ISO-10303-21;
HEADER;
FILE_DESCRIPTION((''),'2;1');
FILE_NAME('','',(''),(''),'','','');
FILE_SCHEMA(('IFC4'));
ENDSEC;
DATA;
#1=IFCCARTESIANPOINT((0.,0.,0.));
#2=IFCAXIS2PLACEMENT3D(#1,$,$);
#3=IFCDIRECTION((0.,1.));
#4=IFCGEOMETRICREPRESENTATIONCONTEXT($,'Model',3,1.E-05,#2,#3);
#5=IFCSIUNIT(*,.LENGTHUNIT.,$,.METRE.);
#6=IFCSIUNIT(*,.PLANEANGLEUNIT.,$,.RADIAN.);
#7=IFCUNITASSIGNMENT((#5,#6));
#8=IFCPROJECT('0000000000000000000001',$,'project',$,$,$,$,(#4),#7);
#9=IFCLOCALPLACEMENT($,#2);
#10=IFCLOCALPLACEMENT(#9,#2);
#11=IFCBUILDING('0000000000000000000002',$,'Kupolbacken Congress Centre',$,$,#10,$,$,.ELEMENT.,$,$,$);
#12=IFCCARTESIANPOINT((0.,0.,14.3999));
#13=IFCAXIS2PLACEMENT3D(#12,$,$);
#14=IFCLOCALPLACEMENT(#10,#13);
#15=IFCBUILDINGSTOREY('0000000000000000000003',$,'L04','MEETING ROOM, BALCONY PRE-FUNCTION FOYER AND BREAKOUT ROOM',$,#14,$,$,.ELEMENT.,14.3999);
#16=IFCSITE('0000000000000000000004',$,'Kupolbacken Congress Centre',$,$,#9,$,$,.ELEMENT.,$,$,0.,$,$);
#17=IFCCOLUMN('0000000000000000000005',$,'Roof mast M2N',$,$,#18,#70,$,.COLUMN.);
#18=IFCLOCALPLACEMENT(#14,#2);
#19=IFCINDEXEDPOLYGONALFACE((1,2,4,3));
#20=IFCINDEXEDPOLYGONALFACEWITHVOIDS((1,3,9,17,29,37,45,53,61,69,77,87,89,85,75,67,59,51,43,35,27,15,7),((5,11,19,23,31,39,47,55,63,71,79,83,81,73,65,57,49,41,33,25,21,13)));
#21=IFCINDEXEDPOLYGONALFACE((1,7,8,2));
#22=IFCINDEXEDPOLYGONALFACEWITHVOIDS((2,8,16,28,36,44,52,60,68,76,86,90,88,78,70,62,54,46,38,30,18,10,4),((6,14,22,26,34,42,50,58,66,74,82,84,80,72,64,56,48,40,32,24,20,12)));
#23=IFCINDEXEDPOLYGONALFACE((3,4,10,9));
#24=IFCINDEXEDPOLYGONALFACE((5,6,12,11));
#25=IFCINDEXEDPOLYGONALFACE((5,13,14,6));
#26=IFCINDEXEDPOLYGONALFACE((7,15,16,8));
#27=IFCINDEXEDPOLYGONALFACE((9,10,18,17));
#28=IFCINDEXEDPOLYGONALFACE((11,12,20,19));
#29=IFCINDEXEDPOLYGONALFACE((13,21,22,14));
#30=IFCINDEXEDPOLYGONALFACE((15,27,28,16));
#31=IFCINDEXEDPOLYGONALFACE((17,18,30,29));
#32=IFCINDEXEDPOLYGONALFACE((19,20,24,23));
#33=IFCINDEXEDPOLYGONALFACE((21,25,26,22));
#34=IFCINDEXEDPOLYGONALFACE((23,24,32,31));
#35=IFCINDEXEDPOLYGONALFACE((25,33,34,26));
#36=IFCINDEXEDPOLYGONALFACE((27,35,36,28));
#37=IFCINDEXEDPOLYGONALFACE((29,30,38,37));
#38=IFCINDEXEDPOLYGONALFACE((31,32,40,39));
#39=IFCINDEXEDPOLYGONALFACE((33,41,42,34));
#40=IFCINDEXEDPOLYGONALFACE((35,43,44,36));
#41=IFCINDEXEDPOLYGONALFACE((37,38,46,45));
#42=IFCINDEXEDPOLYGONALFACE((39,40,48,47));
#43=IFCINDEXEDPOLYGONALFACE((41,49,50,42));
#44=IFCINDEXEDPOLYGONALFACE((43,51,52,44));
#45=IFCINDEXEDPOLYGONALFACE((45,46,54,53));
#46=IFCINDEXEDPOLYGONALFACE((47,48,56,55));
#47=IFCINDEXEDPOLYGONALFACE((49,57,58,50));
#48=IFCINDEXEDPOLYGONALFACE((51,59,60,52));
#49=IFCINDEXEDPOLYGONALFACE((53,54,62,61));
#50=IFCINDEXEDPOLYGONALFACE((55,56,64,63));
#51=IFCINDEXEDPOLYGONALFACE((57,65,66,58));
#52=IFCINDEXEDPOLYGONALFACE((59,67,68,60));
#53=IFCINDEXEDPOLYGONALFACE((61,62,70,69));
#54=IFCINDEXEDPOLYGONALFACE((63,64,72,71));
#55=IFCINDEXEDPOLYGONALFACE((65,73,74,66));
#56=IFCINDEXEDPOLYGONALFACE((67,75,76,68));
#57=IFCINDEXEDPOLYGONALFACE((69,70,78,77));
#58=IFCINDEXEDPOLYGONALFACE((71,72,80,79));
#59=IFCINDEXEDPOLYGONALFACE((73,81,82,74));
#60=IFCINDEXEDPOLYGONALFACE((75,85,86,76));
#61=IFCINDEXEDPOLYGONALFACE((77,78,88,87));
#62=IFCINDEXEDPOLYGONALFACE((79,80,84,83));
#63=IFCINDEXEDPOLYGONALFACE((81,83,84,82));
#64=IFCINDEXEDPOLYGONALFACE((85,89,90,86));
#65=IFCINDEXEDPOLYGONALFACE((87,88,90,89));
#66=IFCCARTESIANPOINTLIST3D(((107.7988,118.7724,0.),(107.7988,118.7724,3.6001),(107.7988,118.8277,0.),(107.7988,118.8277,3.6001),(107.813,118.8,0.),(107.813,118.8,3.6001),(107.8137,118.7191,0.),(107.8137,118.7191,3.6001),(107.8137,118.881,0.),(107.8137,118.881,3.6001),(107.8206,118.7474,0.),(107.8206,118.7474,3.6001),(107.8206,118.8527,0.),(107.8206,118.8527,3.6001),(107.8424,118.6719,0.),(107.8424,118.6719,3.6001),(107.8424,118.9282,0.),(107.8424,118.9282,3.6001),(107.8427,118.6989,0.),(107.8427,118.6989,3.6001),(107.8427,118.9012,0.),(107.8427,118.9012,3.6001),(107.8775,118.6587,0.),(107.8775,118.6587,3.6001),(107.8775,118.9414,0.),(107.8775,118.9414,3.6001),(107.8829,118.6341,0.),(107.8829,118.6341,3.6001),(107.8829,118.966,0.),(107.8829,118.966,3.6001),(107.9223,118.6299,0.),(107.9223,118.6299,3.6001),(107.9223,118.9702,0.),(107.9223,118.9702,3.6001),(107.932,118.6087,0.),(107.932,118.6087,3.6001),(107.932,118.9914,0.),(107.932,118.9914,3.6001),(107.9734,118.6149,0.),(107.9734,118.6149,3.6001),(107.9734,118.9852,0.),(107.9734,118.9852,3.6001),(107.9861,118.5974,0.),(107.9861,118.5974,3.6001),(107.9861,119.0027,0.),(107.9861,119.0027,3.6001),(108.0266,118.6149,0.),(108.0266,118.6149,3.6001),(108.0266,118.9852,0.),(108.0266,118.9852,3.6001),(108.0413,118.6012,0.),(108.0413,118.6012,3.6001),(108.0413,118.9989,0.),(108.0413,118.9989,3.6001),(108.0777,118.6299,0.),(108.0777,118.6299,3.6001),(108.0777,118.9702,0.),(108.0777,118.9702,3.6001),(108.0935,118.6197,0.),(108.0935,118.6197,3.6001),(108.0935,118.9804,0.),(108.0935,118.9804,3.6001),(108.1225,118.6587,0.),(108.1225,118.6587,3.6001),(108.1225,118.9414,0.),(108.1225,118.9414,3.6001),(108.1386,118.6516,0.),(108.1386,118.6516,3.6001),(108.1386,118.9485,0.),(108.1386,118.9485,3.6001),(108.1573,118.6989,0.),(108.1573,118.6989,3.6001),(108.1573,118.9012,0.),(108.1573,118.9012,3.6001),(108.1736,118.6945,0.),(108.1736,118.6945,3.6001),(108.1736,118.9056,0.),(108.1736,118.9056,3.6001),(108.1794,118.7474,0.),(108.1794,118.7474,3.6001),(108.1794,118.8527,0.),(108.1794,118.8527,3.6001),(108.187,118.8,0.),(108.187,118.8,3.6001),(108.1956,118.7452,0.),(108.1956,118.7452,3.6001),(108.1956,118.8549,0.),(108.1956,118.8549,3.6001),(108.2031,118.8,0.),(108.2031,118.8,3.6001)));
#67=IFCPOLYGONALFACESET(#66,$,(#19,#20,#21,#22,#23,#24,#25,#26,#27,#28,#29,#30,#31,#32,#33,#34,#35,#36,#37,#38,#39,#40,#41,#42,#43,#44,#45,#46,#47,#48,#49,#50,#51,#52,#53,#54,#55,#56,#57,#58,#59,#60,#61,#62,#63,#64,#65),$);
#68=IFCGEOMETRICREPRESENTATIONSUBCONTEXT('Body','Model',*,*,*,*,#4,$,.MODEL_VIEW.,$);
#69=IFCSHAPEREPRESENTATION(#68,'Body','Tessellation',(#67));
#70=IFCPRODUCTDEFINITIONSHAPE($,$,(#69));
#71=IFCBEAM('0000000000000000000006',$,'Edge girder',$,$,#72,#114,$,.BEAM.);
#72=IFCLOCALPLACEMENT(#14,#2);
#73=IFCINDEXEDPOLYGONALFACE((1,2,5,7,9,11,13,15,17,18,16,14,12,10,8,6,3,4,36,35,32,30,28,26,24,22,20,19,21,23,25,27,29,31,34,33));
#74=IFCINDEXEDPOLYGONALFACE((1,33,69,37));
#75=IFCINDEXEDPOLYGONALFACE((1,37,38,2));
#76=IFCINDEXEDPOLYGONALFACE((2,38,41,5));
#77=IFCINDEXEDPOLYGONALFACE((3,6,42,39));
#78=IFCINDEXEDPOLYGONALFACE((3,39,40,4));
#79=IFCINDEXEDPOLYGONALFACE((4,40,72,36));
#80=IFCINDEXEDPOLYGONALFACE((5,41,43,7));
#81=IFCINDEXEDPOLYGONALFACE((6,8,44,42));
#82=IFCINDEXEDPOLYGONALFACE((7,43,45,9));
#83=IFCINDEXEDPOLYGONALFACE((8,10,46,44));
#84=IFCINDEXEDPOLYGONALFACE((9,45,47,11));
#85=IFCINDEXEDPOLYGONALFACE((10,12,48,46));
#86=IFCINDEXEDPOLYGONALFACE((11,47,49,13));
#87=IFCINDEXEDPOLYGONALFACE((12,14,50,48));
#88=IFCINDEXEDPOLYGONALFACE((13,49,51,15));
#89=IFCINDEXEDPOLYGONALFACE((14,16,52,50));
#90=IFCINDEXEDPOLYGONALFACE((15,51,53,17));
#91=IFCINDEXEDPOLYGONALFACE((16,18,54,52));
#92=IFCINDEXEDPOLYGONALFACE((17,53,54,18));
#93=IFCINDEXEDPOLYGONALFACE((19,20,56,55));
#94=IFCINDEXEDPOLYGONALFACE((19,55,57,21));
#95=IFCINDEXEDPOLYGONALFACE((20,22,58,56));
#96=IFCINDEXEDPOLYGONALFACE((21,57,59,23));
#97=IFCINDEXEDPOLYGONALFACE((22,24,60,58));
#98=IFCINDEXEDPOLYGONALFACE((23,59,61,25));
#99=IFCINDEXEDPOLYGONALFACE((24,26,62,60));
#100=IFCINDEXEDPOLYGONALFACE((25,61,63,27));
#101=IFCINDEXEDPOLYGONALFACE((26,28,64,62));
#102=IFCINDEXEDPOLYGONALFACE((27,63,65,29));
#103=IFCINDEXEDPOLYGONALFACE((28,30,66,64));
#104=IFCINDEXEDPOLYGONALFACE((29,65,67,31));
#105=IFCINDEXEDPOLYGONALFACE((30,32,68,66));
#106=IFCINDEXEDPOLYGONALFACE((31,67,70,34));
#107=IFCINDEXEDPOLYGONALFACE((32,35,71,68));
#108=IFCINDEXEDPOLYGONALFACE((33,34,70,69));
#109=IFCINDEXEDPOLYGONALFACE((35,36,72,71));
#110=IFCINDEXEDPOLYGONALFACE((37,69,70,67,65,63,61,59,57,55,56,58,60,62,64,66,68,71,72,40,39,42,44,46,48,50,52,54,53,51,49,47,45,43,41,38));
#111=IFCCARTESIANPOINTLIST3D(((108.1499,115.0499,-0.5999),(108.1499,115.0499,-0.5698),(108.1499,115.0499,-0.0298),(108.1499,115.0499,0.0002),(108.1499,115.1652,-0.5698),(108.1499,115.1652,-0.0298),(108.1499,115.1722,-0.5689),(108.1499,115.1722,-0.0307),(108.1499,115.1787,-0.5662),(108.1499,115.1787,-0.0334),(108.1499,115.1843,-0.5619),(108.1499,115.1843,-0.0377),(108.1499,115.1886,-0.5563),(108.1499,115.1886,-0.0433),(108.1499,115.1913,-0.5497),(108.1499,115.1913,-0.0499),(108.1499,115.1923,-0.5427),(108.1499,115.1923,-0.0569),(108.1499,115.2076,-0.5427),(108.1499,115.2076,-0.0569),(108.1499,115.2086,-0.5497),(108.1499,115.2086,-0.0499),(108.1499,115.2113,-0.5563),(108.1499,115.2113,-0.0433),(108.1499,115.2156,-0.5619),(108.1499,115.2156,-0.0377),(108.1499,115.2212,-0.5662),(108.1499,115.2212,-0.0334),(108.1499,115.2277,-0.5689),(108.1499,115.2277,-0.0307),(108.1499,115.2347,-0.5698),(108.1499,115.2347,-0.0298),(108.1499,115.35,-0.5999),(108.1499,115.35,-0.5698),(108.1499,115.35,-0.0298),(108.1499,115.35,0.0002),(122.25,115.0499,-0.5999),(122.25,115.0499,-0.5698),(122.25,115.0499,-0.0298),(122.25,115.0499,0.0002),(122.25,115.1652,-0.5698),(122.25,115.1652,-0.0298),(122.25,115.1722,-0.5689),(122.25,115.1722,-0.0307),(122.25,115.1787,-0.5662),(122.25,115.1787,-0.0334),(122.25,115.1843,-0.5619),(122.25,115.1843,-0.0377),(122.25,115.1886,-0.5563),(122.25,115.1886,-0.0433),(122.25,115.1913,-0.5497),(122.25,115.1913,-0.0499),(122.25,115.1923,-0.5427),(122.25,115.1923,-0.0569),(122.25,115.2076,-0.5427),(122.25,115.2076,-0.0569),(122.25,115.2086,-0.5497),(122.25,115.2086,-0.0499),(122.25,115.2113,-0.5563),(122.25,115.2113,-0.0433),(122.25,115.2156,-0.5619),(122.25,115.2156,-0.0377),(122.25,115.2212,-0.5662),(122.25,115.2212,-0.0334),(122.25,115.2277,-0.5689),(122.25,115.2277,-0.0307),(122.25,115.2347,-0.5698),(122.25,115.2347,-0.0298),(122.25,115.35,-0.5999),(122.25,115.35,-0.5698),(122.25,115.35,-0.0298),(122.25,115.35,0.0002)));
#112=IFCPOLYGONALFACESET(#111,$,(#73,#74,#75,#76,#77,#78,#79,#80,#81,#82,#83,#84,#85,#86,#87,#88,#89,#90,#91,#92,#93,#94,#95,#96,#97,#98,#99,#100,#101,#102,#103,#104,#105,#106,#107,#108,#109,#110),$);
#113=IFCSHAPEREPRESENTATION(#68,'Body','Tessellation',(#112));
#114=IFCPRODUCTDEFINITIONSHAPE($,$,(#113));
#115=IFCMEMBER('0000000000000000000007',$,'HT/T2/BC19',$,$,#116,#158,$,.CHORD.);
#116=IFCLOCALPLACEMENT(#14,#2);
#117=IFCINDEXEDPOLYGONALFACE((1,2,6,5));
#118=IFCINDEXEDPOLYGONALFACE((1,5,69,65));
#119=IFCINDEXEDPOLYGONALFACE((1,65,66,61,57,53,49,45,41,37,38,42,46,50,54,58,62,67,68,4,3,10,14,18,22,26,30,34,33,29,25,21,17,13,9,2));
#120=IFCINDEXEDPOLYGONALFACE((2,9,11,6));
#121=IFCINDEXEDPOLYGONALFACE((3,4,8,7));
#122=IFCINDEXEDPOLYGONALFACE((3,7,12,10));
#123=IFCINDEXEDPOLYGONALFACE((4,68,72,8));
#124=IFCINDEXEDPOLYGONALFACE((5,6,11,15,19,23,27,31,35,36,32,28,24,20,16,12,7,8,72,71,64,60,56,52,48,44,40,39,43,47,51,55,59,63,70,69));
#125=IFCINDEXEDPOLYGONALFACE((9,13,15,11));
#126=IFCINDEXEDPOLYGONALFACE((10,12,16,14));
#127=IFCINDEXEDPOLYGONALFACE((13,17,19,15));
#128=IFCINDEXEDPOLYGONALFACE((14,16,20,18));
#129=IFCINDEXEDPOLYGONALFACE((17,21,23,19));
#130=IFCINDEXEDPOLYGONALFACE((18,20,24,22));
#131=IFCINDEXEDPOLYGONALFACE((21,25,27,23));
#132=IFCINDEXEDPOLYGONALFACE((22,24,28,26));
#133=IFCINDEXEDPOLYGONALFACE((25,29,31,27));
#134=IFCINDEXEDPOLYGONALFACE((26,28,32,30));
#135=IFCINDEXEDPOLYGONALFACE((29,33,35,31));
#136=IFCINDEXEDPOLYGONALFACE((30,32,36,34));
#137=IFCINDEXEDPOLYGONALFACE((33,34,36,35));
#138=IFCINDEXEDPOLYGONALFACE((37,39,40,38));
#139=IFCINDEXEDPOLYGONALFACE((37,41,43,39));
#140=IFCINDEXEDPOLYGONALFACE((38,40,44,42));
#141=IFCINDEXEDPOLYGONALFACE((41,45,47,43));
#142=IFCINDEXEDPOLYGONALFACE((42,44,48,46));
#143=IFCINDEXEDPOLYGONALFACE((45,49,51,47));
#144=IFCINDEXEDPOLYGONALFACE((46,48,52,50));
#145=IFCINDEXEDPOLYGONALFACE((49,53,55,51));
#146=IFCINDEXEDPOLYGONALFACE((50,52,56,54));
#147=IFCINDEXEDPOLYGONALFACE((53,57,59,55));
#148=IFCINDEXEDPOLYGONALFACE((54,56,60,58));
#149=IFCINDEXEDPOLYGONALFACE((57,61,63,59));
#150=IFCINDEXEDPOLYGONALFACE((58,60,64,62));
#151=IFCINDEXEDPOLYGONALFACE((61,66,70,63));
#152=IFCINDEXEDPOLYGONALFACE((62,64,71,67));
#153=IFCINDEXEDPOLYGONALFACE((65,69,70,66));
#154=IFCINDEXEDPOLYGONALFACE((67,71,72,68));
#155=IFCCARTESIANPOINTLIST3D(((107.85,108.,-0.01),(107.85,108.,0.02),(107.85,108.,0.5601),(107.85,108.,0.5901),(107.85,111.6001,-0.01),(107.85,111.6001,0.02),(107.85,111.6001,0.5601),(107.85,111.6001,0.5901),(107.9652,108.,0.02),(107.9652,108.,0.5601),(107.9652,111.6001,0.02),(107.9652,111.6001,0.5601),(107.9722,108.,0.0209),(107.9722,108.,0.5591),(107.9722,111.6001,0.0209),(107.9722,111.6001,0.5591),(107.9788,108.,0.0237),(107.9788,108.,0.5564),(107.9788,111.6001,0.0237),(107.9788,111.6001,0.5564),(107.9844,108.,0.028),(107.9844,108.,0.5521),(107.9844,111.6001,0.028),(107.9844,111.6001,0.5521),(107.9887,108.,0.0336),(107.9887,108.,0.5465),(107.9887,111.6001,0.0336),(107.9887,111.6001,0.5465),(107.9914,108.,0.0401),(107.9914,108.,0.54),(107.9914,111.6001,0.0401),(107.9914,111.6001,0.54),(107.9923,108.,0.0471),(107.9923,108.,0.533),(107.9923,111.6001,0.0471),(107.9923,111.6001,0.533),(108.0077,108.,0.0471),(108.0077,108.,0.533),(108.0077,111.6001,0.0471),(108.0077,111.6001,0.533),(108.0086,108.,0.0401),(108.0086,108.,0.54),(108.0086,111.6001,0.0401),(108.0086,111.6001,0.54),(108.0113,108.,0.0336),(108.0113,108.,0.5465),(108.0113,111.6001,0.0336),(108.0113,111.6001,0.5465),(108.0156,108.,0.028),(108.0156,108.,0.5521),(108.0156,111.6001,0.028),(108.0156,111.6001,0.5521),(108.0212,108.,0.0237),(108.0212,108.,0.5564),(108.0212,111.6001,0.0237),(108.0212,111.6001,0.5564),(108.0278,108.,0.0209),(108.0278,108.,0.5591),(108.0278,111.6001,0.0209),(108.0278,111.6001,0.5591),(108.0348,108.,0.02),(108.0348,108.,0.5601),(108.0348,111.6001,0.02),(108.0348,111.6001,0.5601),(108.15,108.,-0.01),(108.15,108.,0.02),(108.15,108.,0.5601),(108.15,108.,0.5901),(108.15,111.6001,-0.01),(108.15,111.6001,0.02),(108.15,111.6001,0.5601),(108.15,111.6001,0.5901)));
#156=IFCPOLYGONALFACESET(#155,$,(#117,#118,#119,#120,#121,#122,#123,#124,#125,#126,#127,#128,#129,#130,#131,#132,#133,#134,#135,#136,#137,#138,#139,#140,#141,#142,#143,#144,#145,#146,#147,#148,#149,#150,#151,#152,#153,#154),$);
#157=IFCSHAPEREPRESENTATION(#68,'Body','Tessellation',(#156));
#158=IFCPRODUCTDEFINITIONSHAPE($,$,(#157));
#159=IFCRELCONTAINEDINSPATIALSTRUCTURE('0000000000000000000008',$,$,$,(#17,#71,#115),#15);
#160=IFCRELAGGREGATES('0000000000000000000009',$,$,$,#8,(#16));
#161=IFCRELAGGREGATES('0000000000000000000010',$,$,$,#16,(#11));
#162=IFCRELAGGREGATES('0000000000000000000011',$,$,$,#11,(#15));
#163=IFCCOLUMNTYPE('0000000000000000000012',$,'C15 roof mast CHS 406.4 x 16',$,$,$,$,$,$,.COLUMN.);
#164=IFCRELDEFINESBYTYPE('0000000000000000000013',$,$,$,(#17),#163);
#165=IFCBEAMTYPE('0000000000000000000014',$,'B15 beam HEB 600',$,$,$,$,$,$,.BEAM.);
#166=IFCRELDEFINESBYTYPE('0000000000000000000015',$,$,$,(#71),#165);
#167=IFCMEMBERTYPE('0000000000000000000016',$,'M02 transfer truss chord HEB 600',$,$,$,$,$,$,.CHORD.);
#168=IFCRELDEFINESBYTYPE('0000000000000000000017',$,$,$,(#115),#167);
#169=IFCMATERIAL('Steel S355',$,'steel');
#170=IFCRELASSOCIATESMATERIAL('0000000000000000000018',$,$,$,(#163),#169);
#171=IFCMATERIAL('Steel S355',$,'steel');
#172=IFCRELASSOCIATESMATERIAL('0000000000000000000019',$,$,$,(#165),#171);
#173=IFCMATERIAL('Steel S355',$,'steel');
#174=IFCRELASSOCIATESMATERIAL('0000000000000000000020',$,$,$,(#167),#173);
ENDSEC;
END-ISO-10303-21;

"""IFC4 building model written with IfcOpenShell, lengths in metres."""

from ifc_helpers import new_model, si_unit, direction, frame, origin, origin_2d, place, context, subcontext, project, spatial, hollow_circle, i_section, extrude, material, material_profile, profile_set, type_object, element, save


model = new_model("IFC4")

# Units and contexts
model_context = context("Model", 3, precision=1e-05, world=origin(), true_north=direction((0.0, 1.0)))
body_context = subcontext(model_context, "Body", "Model", "MODEL_VIEW")
ifc_project = project(units=[si_unit("LENGTHUNIT", "METRE"), si_unit("PLANEANGLEUNIT", "RADIAN")], contexts=[model_context])

# Site, building, storey
site_placement = place(None, origin())
site = spatial("IfcSite", under=ifc_project, at=site_placement, Name="Kupolbacken Congress Centre", CompositionType="ELEMENT", RefElevation=0.0)
building_placement = place(site_placement, origin())
building = spatial("IfcBuilding", under=site, at=building_placement, Name="Kupolbacken Congress Centre", CompositionType="ELEMENT")
storey_placement = place(building_placement, frame((0.0, 0.0, 14.3999)))
storey = spatial("IfcBuildingStorey", under=building, at=storey_placement, Name="L04", Description="MEETING ROOM, BALCONY PRE-FUNCTION FOYER AND BREAKOUT ROOM", CompositionType="ELEMENT", Elevation=14.3999)

# Column
ifc_material_1 = material(Name="Steel S355", Category="steel")
ifc_material_profile_1 = material_profile(ifc_material_1, hollow_circle(Radius=0.2031, WallThickness=0.0161, at=origin_2d()), Name="CHS 406.4 x 16")
ifc_profile_set_1 = profile_set([ifc_material_profile_1], Name="Steel S355")
column_type = type_object("IfcColumnType", Name="C15 roof mast CHS 406.4 x 16", PredefinedType="COLUMN", material=ifc_profile_set_1)
column_placement = place(storey_placement, frame((108.0, 118.8, 0.0), z_axis=(0.0, 0.0, 1.0), x_axis=(1.0, 0.0, 0.0)))
element("IfcColumn", 1, at=column_placement, inside=storey, type_object=column_type, Name="Roof mast M2N", PredefinedType="COLUMN", context=body_context, shape_type="SweptSolid", body=[
    extrude(hollow_circle(Radius=0.2031, WallThickness=0.0161, at=origin_2d()), origin(), (0.0, 0.0, 1.0), 3.6001),
])

# Beam
ifc_material_2 = material(Name="Steel S355", Category="steel")
ifc_material_profile_2 = material_profile(ifc_material_2, i_section(OverallWidth=0.3, OverallDepth=0.6001, WebThickness=0.0154, FlangeThickness=0.03, FilletRadius=0.0271, at=origin_2d()), Name="HEB 600")
ifc_profile_set_2 = profile_set([ifc_material_profile_2], Name="Steel S355")
beam_type = type_object("IfcBeamType", Name="B15 beam HEB 600", PredefinedType="BEAM", material=ifc_profile_set_2)
beam_placement = place(storey_placement, frame((108.1499, 115.2, -0.2998), z_axis=(1.0, 0.0, 0.0), x_axis=(0.0, 1.0, 0.0)))
element("IfcBeam", 2, at=beam_placement, inside=storey, type_object=beam_type, Name="Edge girder", PredefinedType="BEAM", context=body_context, shape_type="SweptSolid", body=[
    extrude(i_section(OverallWidth=0.3, OverallDepth=0.6001, WebThickness=0.0154, FlangeThickness=0.03, FilletRadius=0.0271, at=origin_2d()), origin(), (0.0, 0.0, 1.0), 14.1001),
])

# Member
ifc_material_3 = material(Name="Steel S355", Category="steel")
ifc_material_profile_3 = material_profile(ifc_material_3, i_section(OverallWidth=0.3, OverallDepth=0.6001, WebThickness=0.0154, FlangeThickness=0.03, FilletRadius=0.0271, at=origin_2d()), Name="HEB 600")
ifc_profile_set_3 = profile_set([ifc_material_profile_3], Name="Steel S355")
member_type_1 = type_object("IfcMemberType", Name="M02 transfer truss chord HEB 600", PredefinedType="CHORD", material=ifc_profile_set_3)
member_1_placement = place(storey_placement, frame((108.0, 108.0, 0.29), z_axis=(0.0, 1.0, 0.0), x_axis=(-1.0, 0.0, 0.0)))
element("IfcMember", 3, at=member_1_placement, inside=storey, type_object=member_type_1, Name="HT/T2/BC19", PredefinedType="CHORD", context=body_context, shape_type="SweptSolid", body=[
    extrude(i_section(OverallWidth=0.3, OverallDepth=0.6001, WebThickness=0.0154, FlangeThickness=0.03, FilletRadius=0.0271, at=origin_2d()), origin(), (0.0, 0.0, 1.0), 3.6001),
])

save(model, "model.ifc")
